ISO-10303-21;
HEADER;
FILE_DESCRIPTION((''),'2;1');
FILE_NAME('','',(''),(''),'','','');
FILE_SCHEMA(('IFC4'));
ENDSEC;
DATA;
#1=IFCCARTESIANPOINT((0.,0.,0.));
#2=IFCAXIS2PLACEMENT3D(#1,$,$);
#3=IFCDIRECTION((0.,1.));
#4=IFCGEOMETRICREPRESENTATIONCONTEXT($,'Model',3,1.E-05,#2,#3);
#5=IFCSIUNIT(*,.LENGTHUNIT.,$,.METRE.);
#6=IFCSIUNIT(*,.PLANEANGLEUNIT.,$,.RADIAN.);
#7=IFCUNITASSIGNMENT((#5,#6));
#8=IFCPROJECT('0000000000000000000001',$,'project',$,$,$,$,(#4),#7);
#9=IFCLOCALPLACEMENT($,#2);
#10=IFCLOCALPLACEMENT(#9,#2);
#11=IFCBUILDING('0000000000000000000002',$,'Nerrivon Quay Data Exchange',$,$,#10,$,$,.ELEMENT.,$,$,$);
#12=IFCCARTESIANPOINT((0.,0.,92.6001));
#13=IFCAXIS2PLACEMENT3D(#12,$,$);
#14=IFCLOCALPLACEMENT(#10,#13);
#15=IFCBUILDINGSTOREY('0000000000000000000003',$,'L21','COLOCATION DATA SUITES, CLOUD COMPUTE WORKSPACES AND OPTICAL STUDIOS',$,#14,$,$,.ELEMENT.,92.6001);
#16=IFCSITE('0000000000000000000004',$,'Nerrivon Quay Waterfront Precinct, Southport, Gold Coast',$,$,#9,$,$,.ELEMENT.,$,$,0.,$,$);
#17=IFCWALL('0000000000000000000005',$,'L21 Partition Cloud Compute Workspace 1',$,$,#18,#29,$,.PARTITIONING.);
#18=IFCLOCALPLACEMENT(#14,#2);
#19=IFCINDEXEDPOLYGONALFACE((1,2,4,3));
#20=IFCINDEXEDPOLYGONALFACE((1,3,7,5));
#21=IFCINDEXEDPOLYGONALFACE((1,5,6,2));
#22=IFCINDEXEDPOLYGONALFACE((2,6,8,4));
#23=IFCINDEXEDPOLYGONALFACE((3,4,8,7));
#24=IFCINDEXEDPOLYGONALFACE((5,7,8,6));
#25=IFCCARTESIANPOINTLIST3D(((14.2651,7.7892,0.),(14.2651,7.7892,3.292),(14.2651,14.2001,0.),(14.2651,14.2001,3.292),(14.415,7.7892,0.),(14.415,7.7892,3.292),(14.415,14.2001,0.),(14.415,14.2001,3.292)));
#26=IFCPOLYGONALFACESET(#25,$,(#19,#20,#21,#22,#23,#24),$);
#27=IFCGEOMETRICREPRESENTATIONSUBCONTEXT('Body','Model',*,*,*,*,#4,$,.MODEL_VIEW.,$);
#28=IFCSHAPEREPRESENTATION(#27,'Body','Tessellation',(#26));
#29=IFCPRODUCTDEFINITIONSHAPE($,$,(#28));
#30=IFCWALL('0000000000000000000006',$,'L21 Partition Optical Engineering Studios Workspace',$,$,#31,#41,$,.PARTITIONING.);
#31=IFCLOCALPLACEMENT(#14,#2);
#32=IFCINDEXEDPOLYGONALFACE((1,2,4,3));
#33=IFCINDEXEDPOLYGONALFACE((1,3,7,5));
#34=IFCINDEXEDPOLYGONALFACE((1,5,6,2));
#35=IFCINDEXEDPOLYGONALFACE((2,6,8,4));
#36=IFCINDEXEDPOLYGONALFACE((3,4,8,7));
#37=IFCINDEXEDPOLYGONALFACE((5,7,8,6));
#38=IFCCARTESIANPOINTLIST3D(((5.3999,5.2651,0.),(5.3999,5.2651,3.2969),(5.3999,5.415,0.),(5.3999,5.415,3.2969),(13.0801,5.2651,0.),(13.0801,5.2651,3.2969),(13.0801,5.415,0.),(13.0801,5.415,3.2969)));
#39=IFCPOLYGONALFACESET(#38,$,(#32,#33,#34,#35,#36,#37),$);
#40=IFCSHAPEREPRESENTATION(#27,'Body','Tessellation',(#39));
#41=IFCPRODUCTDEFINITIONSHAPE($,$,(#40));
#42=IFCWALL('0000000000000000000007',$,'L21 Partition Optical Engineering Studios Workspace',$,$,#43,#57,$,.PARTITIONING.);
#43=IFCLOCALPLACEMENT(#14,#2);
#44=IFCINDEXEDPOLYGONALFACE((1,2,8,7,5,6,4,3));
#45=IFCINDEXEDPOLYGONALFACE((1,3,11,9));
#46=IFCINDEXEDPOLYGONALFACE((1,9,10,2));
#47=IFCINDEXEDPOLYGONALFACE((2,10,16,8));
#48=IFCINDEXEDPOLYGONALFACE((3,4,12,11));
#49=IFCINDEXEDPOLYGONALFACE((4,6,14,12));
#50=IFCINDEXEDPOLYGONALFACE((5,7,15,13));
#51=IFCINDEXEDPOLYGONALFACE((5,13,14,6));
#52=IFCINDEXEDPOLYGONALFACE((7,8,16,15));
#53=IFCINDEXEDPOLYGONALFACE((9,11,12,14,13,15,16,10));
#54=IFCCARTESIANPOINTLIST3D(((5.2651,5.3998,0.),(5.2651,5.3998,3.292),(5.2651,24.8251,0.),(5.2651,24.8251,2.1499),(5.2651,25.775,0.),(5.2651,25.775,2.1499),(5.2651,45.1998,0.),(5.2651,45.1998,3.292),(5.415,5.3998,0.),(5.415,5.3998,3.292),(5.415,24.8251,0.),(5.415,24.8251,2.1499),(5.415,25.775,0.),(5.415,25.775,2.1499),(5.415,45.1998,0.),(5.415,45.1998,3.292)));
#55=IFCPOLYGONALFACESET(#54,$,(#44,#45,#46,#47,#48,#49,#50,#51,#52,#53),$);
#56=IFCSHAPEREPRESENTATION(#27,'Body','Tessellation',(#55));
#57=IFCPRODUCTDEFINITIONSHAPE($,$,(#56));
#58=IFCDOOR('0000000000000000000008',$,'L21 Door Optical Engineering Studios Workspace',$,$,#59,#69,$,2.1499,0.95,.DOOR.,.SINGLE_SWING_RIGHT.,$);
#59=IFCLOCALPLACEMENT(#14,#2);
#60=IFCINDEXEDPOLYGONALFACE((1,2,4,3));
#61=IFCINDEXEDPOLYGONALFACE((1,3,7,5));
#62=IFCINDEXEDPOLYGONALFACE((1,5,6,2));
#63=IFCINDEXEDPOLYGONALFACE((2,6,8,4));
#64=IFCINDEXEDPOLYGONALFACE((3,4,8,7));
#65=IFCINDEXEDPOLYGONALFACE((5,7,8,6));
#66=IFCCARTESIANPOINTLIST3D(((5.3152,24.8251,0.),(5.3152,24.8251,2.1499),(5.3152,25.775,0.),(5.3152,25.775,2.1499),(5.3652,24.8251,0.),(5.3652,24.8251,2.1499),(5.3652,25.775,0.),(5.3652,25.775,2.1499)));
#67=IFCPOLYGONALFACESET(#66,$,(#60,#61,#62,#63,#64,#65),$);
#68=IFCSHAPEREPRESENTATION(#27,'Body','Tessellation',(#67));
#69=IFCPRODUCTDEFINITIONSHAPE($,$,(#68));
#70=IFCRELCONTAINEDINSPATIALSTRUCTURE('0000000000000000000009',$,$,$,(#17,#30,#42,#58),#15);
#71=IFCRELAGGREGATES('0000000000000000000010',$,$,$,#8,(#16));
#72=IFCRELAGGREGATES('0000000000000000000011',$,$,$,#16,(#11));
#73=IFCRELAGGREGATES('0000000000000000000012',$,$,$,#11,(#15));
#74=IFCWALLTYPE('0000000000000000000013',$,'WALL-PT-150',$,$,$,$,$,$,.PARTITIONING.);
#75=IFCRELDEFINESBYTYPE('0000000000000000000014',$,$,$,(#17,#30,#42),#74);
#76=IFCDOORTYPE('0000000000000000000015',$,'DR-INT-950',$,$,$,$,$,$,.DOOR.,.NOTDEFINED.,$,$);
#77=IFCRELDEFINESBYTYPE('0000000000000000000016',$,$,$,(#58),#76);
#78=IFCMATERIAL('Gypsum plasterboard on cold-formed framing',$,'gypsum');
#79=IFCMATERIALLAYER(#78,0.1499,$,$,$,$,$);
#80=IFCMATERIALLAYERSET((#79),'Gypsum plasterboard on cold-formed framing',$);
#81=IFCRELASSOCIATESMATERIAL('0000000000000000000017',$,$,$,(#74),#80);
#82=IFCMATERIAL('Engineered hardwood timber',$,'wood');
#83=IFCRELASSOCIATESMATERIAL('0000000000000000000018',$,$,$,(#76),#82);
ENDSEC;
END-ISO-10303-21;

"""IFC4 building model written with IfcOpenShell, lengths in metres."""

from ifc_helpers import new_model, si_unit, direction, frame, frame_2d, origin, place, context, subcontext, project, spatial, rectangle, extrude, material, layer, layer_set, type_object, element, fill, save


model = new_model("IFC4")

# Units and contexts
model_context = context("Model", 3, precision=1e-05, world=origin(), true_north=direction((0.0, 1.0)))
body_context = subcontext(model_context, "Body", "Model", "MODEL_VIEW")
ifc_project = project(units=[si_unit("LENGTHUNIT", "METRE"), si_unit("PLANEANGLEUNIT", "RADIAN")], contexts=[model_context])

# Site, building, storey
site_placement = place(None, origin())
site = spatial("IfcSite", under=ifc_project, at=site_placement, Name="Nerrivon Quay Waterfront Precinct, Southport, Gold Coast", CompositionType="ELEMENT", RefElevation=0.0)
building_placement = place(site_placement, origin())
building = spatial("IfcBuilding", under=site, at=building_placement, Name="Nerrivon Quay Data Exchange", CompositionType="ELEMENT")
storey_placement = place(building_placement, frame((0.0, 0.0, 92.6001)))
storey = spatial("IfcBuildingStorey", under=building, at=storey_placement, Name="L21", Description="COLOCATION DATA SUITES, CLOUD COMPUTE WORKSPACES AND OPTICAL STUDIOS", CompositionType="ELEMENT", Elevation=92.6001)

# Shared definitions
ifc_material_1 = material(Name="Gypsum plasterboard on cold-formed framing", Category="gypsum")

# Shared definitions
ifc_material_2 = material(Name="Engineered hardwood timber", Category="wood")

# Walls
ifc_layer_1 = layer(ifc_material_1, 0.1499)
ifc_layer_set_1 = layer_set([ifc_layer_1], Name="Gypsum plasterboard on cold-formed framing")
wall_type_1 = type_object("IfcWallType", Name="WALL-PT-150", PredefinedType="PARTITIONING", material=ifc_layer_set_1)
wall_1_placement = place(storey_placement, frame((14.3401, 7.7891, 0.0), z_axis=(0.0, 0.0, 1.0), x_axis=(0.0, 1.0, 0.0)))
element("IfcWall", 1, at=wall_1_placement, inside=storey, type_object=wall_type_1, Name="L21 Partition Cloud Compute Workspace 1", PredefinedType="PARTITIONING", context=body_context, shape_type="SweptSolid", body=[
    extrude(rectangle(XDim=6.4109, YDim=0.1499, at=frame_2d((3.2056, 0.0))), origin(), (0.0, 0.0, 1.0), 3.292),
])
wall_2_placement = place(storey_placement, frame((13.0801, 5.3401, 0.0), z_axis=(0.0, 0.0, 1.0), x_axis=(-1.0, 0.0, 0.0)))
element("IfcWall", 2, at=wall_2_placement, inside=storey, type_object=wall_type_1, Name="L21 Partition Optical Engineering Studios Workspace", PredefinedType="PARTITIONING", context=body_context, shape_type="SweptSolid", body=[
    extrude(rectangle(XDim=7.6802, YDim=0.1499, at=frame_2d((3.8401, 0.0))), origin(), (0.0, 0.0, 1.0), 3.2969),
])

# Wall, opening, door
wall_3_placement = place(storey_placement, frame((5.3401, 5.3999, 0.0), z_axis=(0.0, 0.0, 1.0), x_axis=(0.0, 1.0, 0.0)))
wall_3 = element("IfcWall", 3, at=wall_3_placement, inside=storey, type_object=wall_type_1, Name="L21 Partition Optical Engineering Studios Workspace", PredefinedType="PARTITIONING", context=body_context, shape_type="SweptSolid", body=[
    extrude(rectangle(XDim=39.8, YDim=0.1499, at=frame_2d((19.8999, 0.0))), origin(), (0.0, 0.0, 1.0), 3.292),
])
opening_1_placement = place(wall_3_placement, frame((19.425, 0.0, 0.0)))
opening_1 = element("IfcOpeningElement", 4, at=opening_1_placement, cuts=wall_3, PredefinedType="OPENING", context=body_context, shape_type="SweptSolid", body=[
    extrude(rectangle(XDim=0.95, YDim=2.1499, at=frame_2d((0.4751, 1.075))), frame((0.0, 0.085, 0.0), z_axis=(0.0, -1.0, 0.0), x_axis=(1.0, 0.0, 0.0)), (0.0, 0.0, 1.0), 0.1699),
])
door_type_1 = type_object("IfcDoorType", Name="DR-INT-950", OperationType="NOTDEFINED", PredefinedType="DOOR", material=ifc_material_2)
door_1_placement = place(opening_1_placement, origin())
door_1 = element("IfcDoor", 5, at=door_1_placement, inside=storey, type_object=door_type_1, Name="L21 Door Optical Engineering Studios Workspace", OperationType="SINGLE_SWING_RIGHT", OverallHeight=2.1499, OverallWidth=0.95, PredefinedType="DOOR", context=body_context, shape_type="SweptSolid", body=[
    extrude(rectangle(XDim=0.95, YDim=2.1499, at=frame_2d((0.4751, 1.075))), frame((0.0, 0.0249, 0.0), z_axis=(0.0, -1.0, 0.0), x_axis=(1.0, 0.0, 0.0)), (0.0, 0.0, 1.0), 0.05),
])
fill(opening_1, door_1)

save(model, "model.ifc")
